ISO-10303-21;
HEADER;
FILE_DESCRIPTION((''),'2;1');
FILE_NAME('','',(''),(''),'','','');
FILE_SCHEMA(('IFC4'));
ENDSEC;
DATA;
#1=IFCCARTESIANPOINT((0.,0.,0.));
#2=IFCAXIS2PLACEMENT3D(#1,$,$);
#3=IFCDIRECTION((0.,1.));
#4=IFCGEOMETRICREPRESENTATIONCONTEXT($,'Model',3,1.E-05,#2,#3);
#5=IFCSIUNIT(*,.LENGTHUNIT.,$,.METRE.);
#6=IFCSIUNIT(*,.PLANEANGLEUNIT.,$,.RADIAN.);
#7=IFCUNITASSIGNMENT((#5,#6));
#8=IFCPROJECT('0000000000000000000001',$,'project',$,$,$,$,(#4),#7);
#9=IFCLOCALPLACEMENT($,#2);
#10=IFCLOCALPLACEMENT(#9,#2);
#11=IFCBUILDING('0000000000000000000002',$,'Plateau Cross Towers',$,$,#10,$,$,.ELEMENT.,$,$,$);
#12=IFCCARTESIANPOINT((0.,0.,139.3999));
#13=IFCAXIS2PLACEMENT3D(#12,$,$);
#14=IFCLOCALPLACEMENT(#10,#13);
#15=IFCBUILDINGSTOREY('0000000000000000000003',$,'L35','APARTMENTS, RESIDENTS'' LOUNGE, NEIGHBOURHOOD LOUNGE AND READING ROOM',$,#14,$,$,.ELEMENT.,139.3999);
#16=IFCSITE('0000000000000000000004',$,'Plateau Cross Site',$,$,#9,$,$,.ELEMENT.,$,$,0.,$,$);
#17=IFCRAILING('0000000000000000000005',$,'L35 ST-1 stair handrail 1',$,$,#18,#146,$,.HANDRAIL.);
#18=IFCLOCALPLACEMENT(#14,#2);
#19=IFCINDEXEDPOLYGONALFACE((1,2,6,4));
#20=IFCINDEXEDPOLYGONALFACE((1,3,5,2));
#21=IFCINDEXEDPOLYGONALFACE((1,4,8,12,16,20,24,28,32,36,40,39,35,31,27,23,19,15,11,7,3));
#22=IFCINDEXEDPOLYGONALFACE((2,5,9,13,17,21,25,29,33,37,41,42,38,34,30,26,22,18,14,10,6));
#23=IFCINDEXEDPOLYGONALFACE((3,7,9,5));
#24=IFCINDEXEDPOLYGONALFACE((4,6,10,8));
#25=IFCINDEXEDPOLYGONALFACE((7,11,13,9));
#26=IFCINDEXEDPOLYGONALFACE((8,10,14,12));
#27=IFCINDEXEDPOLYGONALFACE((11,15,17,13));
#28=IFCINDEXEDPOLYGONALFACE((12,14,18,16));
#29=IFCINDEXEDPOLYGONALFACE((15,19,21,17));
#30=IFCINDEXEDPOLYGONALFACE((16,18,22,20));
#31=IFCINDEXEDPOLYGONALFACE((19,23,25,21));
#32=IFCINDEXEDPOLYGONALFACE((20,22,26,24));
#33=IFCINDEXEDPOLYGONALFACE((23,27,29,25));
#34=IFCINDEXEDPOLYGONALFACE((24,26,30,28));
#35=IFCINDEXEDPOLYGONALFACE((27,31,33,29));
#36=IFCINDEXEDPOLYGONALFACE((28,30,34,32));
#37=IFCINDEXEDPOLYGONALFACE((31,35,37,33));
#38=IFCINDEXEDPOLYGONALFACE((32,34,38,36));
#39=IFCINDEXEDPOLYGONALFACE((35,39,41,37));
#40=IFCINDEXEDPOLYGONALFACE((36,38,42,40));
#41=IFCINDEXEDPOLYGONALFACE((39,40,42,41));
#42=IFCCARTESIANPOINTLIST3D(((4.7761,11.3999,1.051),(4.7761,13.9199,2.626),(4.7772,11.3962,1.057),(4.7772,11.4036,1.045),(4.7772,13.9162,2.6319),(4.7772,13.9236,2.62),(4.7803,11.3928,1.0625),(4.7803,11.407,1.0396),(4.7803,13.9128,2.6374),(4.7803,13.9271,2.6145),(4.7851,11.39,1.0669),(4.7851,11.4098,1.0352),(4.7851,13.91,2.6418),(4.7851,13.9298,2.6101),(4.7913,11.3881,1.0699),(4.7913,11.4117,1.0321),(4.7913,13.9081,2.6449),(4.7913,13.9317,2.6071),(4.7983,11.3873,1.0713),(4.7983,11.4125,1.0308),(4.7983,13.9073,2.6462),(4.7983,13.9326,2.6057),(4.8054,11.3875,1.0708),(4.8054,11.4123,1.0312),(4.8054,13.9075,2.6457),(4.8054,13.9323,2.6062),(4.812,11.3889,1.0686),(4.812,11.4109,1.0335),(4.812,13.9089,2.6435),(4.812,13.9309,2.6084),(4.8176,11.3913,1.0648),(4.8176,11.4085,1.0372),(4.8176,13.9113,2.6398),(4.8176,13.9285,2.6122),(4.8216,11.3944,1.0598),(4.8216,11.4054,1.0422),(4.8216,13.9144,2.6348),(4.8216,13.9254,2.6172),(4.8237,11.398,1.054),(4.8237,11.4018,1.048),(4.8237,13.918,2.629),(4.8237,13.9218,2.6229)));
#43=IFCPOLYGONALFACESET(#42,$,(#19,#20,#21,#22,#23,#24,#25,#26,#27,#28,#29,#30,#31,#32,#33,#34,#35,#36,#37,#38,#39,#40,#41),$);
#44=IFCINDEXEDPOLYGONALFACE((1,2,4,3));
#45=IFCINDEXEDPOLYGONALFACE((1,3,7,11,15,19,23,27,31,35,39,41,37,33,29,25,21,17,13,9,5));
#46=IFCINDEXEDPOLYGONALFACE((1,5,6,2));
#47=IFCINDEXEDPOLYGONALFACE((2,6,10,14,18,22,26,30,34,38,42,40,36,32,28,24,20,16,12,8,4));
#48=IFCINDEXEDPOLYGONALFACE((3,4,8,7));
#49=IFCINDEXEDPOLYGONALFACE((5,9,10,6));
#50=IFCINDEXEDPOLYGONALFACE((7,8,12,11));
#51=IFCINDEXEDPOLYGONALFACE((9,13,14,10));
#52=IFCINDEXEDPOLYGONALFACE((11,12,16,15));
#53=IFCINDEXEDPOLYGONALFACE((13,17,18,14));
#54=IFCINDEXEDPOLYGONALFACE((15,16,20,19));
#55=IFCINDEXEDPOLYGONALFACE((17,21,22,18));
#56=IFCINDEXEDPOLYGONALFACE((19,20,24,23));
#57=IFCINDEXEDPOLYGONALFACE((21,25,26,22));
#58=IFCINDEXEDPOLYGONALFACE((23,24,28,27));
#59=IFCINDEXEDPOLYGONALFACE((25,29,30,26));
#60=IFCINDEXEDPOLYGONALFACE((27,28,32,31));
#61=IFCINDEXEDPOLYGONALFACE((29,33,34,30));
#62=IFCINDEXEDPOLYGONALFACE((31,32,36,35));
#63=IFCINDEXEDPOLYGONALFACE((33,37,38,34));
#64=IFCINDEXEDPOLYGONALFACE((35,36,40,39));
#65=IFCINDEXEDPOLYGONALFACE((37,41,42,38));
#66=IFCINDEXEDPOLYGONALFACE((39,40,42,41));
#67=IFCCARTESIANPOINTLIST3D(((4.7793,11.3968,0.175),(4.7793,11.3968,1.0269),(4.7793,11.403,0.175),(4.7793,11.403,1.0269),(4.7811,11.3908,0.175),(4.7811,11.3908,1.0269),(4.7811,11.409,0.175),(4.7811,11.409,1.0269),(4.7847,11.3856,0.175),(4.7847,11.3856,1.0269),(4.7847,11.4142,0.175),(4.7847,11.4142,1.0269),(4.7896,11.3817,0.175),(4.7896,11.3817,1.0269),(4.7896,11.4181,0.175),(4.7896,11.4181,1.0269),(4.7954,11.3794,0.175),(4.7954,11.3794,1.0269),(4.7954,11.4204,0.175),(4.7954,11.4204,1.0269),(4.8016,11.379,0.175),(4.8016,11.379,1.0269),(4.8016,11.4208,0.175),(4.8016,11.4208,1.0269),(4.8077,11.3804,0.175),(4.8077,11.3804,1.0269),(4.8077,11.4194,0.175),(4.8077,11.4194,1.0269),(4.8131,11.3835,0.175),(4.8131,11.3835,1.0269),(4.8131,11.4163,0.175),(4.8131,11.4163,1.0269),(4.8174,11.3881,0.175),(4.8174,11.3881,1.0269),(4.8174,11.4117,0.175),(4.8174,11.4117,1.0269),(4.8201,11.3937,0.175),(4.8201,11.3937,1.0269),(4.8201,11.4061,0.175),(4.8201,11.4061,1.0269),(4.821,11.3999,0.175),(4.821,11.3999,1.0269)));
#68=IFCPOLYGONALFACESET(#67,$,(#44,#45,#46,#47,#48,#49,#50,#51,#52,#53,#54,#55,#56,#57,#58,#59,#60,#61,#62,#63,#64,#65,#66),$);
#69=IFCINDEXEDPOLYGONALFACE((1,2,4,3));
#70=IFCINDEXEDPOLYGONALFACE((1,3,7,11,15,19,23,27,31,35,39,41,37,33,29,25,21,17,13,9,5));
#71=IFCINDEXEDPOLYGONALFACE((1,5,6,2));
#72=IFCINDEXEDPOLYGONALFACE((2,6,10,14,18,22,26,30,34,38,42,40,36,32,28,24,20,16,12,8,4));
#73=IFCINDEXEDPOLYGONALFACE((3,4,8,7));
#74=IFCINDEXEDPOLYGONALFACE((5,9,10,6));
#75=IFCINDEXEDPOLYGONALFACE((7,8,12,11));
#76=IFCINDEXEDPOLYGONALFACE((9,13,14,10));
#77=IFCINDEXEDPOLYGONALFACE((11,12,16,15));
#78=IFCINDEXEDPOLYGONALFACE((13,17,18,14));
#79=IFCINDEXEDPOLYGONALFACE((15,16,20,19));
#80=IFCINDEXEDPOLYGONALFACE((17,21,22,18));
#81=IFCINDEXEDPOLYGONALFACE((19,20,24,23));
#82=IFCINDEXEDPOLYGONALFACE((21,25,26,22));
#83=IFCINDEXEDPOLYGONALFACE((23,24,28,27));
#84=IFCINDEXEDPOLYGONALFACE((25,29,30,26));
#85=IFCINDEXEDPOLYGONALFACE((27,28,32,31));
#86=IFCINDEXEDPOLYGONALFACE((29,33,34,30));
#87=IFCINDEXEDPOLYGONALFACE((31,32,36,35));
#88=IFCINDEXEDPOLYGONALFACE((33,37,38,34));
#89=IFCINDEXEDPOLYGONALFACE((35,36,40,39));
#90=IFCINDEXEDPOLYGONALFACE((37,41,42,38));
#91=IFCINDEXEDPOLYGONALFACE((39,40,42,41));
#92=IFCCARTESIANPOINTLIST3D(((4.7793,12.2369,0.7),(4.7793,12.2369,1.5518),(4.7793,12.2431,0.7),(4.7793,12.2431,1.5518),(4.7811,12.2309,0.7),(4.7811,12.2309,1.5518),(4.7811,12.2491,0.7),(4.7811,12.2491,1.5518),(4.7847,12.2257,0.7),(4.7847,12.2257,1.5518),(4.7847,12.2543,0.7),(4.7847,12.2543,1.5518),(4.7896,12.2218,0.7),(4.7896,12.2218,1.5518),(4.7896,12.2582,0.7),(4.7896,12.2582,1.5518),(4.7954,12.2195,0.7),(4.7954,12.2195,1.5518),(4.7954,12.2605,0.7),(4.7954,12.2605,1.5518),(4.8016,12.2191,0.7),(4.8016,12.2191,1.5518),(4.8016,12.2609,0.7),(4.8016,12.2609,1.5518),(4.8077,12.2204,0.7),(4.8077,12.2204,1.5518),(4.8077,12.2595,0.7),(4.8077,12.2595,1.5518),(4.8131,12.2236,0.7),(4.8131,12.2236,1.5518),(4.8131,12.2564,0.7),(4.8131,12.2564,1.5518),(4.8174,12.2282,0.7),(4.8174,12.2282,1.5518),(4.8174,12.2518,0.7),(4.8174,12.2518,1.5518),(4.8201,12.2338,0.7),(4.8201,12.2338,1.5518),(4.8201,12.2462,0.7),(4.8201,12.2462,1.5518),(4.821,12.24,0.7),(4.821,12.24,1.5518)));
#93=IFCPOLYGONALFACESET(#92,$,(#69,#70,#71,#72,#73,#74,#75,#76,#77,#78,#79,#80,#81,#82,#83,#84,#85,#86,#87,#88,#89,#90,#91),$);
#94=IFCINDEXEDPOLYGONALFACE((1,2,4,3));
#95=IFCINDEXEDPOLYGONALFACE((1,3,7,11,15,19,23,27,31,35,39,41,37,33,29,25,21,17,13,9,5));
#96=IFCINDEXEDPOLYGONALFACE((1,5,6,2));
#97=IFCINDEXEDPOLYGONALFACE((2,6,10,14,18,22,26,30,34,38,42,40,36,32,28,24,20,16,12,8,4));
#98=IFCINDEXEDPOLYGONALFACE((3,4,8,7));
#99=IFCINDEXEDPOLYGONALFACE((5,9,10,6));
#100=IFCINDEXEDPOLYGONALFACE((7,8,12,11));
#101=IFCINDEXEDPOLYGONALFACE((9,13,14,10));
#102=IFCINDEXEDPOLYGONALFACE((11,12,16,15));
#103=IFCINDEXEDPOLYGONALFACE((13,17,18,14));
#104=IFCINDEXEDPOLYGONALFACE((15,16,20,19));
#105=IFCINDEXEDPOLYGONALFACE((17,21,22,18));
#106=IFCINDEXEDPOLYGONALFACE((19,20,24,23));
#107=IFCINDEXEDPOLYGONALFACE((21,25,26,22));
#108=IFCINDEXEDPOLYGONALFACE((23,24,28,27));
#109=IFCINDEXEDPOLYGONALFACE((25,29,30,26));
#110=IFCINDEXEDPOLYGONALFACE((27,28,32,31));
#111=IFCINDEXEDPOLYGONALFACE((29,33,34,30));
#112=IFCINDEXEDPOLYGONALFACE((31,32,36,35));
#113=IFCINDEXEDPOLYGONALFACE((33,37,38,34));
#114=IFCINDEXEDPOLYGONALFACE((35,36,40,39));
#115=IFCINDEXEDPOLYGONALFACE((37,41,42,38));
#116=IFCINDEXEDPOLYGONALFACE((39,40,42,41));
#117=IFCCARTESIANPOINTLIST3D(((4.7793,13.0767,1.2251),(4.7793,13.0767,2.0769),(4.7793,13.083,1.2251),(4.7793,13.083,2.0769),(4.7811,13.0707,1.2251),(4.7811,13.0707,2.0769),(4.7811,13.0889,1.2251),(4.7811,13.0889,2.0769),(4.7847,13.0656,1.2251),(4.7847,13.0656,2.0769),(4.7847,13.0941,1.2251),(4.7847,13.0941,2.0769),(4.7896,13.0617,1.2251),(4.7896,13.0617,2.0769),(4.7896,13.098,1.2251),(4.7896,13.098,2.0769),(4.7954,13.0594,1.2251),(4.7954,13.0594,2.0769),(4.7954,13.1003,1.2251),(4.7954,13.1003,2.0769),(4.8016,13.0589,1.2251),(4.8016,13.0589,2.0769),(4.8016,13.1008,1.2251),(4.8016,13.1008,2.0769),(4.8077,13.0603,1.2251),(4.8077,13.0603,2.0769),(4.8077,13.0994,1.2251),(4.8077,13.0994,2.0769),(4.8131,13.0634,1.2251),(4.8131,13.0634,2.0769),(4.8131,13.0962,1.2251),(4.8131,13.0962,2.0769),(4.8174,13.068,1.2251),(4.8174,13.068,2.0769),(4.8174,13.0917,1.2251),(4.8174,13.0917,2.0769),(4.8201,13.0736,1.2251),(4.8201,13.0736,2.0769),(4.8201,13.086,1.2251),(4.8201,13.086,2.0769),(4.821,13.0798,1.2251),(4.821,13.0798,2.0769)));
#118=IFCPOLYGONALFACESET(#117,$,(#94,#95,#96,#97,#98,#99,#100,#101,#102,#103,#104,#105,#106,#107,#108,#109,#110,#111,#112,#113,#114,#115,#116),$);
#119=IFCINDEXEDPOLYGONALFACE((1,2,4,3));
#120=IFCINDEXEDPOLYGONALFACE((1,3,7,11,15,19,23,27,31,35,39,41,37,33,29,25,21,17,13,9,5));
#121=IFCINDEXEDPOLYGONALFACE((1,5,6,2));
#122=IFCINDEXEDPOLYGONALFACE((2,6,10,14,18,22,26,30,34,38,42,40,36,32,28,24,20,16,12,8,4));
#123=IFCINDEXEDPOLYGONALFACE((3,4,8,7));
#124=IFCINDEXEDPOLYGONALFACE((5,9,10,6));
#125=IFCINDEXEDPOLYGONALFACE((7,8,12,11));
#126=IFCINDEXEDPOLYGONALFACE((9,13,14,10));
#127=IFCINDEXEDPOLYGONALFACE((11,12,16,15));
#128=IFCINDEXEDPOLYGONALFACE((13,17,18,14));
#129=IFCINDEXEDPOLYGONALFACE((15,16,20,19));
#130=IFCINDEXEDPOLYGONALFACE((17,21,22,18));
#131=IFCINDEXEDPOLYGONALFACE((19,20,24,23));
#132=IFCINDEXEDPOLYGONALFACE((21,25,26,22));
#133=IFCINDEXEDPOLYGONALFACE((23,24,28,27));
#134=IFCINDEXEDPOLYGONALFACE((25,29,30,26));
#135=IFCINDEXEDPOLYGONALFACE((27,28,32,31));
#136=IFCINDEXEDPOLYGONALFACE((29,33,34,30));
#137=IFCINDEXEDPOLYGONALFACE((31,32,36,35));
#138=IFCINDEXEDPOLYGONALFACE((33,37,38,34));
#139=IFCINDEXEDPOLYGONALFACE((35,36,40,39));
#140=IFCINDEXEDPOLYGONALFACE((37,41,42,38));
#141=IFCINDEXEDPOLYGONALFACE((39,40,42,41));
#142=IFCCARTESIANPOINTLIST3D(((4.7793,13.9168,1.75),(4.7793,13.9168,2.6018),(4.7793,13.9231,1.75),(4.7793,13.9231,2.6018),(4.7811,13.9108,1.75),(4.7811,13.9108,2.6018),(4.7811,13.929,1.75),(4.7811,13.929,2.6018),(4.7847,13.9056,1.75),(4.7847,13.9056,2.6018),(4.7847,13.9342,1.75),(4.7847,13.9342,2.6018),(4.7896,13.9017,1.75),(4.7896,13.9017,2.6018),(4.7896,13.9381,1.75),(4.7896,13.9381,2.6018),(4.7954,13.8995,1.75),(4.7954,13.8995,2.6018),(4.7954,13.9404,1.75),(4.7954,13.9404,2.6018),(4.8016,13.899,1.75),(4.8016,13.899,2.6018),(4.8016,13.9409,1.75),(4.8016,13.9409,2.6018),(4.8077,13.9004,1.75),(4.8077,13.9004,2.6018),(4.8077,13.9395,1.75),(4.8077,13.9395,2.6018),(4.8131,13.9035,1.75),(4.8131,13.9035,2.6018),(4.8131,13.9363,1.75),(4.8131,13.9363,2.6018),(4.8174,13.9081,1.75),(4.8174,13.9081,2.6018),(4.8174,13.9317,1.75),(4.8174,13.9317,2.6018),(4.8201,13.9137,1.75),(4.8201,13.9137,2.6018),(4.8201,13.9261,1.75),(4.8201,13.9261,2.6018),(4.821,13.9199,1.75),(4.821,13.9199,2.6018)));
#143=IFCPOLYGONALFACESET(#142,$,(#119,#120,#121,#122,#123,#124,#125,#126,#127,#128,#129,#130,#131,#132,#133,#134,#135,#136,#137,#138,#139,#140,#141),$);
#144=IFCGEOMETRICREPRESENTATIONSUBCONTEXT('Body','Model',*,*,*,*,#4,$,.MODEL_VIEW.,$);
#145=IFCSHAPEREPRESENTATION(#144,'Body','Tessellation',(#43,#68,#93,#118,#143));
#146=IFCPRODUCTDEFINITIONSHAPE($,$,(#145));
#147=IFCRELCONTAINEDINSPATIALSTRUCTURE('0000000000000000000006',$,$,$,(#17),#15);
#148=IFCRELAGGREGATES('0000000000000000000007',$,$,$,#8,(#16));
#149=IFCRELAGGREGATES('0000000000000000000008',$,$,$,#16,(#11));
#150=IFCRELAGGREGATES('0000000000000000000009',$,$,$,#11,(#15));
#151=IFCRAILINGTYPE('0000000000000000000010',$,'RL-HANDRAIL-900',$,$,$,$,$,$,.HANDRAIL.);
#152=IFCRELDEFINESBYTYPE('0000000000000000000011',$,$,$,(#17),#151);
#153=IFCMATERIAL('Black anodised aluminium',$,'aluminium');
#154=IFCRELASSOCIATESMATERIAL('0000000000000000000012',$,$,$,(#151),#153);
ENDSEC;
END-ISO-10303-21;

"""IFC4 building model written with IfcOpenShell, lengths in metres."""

from ifc_helpers import new_model, si_unit, direction, frame, origin, origin_2d, place, context, subcontext, project, spatial, circle, extrude, material, type_object, element, save


model = new_model("IFC4")

# Units and contexts
model_context = context("Model", 3, precision=1e-05, world=origin(), true_north=direction((0.0, 1.0)))
body_context = subcontext(model_context, "Body", "Model", "MODEL_VIEW")
ifc_project = project(units=[si_unit("LENGTHUNIT", "METRE"), si_unit("PLANEANGLEUNIT", "RADIAN")], contexts=[model_context])

# Site, building, storey
site_placement = place(None, origin())
site = spatial("IfcSite", under=ifc_project, at=site_placement, Name="Plateau Cross Site", CompositionType="ELEMENT", RefElevation=0.0)
building_placement = place(site_placement, origin())
building = spatial("IfcBuilding", under=site, at=building_placement, Name="Plateau Cross Towers", CompositionType="ELEMENT")
storey_placement = place(building_placement, frame((0.0, 0.0, 139.3999)))
storey = spatial("IfcBuildingStorey", under=building, at=storey_placement, Name="L35", Description="APARTMENTS, RESIDENTS' LOUNGE, NEIGHBOURHOOD LOUNGE AND READING ROOM", CompositionType="ELEMENT", Elevation=139.3999)

# Shared definitions
ifc_material_1 = material(Name="Black anodised aluminium", Category="aluminium")

# Railing
railing_type_1 = type_object("IfcRailingType", Name="RL-HANDRAIL-900", PredefinedType="HANDRAIL", material=ifc_material_1)
railing_1_placement = place(storey_placement, frame((4.8, 11.3999, 0.175)))
element("IfcRailing", 1, at=railing_1_placement, inside=storey, type_object=railing_type_1, Name="L35 ST-1 stair handrail 1", PredefinedType="HANDRAIL", context=body_context, shape_type="SweptSolid", body=[
    extrude(circle(Radius=0.0239, at=origin_2d()), frame((0.0, 0.0, 0.876), z_axis=(0.0, 0.848008, 0.529984), x_axis=(-1.0, 0.0, 0.0)), (0.0, 0.0, 1.0), 2.9717),
    extrude(circle(Radius=0.021, at=origin_2d()), origin(), (0.0, 0.0, 1.0), 0.8518),
    extrude(circle(Radius=0.021, at=origin_2d()), frame((0.0, 0.8401, 0.5249)), (0.0, 0.0, 1.0), 0.8518),
    extrude(circle(Radius=0.021, at=origin_2d()), frame((0.0, 1.6799, 1.05)), (0.0, 0.0, 1.0), 0.8518),
    extrude(circle(Radius=0.021, at=origin_2d()), frame((0.0, 2.52, 1.575)), (0.0, 0.0, 1.0), 0.8518),
])

save(model, "model.ifc")
